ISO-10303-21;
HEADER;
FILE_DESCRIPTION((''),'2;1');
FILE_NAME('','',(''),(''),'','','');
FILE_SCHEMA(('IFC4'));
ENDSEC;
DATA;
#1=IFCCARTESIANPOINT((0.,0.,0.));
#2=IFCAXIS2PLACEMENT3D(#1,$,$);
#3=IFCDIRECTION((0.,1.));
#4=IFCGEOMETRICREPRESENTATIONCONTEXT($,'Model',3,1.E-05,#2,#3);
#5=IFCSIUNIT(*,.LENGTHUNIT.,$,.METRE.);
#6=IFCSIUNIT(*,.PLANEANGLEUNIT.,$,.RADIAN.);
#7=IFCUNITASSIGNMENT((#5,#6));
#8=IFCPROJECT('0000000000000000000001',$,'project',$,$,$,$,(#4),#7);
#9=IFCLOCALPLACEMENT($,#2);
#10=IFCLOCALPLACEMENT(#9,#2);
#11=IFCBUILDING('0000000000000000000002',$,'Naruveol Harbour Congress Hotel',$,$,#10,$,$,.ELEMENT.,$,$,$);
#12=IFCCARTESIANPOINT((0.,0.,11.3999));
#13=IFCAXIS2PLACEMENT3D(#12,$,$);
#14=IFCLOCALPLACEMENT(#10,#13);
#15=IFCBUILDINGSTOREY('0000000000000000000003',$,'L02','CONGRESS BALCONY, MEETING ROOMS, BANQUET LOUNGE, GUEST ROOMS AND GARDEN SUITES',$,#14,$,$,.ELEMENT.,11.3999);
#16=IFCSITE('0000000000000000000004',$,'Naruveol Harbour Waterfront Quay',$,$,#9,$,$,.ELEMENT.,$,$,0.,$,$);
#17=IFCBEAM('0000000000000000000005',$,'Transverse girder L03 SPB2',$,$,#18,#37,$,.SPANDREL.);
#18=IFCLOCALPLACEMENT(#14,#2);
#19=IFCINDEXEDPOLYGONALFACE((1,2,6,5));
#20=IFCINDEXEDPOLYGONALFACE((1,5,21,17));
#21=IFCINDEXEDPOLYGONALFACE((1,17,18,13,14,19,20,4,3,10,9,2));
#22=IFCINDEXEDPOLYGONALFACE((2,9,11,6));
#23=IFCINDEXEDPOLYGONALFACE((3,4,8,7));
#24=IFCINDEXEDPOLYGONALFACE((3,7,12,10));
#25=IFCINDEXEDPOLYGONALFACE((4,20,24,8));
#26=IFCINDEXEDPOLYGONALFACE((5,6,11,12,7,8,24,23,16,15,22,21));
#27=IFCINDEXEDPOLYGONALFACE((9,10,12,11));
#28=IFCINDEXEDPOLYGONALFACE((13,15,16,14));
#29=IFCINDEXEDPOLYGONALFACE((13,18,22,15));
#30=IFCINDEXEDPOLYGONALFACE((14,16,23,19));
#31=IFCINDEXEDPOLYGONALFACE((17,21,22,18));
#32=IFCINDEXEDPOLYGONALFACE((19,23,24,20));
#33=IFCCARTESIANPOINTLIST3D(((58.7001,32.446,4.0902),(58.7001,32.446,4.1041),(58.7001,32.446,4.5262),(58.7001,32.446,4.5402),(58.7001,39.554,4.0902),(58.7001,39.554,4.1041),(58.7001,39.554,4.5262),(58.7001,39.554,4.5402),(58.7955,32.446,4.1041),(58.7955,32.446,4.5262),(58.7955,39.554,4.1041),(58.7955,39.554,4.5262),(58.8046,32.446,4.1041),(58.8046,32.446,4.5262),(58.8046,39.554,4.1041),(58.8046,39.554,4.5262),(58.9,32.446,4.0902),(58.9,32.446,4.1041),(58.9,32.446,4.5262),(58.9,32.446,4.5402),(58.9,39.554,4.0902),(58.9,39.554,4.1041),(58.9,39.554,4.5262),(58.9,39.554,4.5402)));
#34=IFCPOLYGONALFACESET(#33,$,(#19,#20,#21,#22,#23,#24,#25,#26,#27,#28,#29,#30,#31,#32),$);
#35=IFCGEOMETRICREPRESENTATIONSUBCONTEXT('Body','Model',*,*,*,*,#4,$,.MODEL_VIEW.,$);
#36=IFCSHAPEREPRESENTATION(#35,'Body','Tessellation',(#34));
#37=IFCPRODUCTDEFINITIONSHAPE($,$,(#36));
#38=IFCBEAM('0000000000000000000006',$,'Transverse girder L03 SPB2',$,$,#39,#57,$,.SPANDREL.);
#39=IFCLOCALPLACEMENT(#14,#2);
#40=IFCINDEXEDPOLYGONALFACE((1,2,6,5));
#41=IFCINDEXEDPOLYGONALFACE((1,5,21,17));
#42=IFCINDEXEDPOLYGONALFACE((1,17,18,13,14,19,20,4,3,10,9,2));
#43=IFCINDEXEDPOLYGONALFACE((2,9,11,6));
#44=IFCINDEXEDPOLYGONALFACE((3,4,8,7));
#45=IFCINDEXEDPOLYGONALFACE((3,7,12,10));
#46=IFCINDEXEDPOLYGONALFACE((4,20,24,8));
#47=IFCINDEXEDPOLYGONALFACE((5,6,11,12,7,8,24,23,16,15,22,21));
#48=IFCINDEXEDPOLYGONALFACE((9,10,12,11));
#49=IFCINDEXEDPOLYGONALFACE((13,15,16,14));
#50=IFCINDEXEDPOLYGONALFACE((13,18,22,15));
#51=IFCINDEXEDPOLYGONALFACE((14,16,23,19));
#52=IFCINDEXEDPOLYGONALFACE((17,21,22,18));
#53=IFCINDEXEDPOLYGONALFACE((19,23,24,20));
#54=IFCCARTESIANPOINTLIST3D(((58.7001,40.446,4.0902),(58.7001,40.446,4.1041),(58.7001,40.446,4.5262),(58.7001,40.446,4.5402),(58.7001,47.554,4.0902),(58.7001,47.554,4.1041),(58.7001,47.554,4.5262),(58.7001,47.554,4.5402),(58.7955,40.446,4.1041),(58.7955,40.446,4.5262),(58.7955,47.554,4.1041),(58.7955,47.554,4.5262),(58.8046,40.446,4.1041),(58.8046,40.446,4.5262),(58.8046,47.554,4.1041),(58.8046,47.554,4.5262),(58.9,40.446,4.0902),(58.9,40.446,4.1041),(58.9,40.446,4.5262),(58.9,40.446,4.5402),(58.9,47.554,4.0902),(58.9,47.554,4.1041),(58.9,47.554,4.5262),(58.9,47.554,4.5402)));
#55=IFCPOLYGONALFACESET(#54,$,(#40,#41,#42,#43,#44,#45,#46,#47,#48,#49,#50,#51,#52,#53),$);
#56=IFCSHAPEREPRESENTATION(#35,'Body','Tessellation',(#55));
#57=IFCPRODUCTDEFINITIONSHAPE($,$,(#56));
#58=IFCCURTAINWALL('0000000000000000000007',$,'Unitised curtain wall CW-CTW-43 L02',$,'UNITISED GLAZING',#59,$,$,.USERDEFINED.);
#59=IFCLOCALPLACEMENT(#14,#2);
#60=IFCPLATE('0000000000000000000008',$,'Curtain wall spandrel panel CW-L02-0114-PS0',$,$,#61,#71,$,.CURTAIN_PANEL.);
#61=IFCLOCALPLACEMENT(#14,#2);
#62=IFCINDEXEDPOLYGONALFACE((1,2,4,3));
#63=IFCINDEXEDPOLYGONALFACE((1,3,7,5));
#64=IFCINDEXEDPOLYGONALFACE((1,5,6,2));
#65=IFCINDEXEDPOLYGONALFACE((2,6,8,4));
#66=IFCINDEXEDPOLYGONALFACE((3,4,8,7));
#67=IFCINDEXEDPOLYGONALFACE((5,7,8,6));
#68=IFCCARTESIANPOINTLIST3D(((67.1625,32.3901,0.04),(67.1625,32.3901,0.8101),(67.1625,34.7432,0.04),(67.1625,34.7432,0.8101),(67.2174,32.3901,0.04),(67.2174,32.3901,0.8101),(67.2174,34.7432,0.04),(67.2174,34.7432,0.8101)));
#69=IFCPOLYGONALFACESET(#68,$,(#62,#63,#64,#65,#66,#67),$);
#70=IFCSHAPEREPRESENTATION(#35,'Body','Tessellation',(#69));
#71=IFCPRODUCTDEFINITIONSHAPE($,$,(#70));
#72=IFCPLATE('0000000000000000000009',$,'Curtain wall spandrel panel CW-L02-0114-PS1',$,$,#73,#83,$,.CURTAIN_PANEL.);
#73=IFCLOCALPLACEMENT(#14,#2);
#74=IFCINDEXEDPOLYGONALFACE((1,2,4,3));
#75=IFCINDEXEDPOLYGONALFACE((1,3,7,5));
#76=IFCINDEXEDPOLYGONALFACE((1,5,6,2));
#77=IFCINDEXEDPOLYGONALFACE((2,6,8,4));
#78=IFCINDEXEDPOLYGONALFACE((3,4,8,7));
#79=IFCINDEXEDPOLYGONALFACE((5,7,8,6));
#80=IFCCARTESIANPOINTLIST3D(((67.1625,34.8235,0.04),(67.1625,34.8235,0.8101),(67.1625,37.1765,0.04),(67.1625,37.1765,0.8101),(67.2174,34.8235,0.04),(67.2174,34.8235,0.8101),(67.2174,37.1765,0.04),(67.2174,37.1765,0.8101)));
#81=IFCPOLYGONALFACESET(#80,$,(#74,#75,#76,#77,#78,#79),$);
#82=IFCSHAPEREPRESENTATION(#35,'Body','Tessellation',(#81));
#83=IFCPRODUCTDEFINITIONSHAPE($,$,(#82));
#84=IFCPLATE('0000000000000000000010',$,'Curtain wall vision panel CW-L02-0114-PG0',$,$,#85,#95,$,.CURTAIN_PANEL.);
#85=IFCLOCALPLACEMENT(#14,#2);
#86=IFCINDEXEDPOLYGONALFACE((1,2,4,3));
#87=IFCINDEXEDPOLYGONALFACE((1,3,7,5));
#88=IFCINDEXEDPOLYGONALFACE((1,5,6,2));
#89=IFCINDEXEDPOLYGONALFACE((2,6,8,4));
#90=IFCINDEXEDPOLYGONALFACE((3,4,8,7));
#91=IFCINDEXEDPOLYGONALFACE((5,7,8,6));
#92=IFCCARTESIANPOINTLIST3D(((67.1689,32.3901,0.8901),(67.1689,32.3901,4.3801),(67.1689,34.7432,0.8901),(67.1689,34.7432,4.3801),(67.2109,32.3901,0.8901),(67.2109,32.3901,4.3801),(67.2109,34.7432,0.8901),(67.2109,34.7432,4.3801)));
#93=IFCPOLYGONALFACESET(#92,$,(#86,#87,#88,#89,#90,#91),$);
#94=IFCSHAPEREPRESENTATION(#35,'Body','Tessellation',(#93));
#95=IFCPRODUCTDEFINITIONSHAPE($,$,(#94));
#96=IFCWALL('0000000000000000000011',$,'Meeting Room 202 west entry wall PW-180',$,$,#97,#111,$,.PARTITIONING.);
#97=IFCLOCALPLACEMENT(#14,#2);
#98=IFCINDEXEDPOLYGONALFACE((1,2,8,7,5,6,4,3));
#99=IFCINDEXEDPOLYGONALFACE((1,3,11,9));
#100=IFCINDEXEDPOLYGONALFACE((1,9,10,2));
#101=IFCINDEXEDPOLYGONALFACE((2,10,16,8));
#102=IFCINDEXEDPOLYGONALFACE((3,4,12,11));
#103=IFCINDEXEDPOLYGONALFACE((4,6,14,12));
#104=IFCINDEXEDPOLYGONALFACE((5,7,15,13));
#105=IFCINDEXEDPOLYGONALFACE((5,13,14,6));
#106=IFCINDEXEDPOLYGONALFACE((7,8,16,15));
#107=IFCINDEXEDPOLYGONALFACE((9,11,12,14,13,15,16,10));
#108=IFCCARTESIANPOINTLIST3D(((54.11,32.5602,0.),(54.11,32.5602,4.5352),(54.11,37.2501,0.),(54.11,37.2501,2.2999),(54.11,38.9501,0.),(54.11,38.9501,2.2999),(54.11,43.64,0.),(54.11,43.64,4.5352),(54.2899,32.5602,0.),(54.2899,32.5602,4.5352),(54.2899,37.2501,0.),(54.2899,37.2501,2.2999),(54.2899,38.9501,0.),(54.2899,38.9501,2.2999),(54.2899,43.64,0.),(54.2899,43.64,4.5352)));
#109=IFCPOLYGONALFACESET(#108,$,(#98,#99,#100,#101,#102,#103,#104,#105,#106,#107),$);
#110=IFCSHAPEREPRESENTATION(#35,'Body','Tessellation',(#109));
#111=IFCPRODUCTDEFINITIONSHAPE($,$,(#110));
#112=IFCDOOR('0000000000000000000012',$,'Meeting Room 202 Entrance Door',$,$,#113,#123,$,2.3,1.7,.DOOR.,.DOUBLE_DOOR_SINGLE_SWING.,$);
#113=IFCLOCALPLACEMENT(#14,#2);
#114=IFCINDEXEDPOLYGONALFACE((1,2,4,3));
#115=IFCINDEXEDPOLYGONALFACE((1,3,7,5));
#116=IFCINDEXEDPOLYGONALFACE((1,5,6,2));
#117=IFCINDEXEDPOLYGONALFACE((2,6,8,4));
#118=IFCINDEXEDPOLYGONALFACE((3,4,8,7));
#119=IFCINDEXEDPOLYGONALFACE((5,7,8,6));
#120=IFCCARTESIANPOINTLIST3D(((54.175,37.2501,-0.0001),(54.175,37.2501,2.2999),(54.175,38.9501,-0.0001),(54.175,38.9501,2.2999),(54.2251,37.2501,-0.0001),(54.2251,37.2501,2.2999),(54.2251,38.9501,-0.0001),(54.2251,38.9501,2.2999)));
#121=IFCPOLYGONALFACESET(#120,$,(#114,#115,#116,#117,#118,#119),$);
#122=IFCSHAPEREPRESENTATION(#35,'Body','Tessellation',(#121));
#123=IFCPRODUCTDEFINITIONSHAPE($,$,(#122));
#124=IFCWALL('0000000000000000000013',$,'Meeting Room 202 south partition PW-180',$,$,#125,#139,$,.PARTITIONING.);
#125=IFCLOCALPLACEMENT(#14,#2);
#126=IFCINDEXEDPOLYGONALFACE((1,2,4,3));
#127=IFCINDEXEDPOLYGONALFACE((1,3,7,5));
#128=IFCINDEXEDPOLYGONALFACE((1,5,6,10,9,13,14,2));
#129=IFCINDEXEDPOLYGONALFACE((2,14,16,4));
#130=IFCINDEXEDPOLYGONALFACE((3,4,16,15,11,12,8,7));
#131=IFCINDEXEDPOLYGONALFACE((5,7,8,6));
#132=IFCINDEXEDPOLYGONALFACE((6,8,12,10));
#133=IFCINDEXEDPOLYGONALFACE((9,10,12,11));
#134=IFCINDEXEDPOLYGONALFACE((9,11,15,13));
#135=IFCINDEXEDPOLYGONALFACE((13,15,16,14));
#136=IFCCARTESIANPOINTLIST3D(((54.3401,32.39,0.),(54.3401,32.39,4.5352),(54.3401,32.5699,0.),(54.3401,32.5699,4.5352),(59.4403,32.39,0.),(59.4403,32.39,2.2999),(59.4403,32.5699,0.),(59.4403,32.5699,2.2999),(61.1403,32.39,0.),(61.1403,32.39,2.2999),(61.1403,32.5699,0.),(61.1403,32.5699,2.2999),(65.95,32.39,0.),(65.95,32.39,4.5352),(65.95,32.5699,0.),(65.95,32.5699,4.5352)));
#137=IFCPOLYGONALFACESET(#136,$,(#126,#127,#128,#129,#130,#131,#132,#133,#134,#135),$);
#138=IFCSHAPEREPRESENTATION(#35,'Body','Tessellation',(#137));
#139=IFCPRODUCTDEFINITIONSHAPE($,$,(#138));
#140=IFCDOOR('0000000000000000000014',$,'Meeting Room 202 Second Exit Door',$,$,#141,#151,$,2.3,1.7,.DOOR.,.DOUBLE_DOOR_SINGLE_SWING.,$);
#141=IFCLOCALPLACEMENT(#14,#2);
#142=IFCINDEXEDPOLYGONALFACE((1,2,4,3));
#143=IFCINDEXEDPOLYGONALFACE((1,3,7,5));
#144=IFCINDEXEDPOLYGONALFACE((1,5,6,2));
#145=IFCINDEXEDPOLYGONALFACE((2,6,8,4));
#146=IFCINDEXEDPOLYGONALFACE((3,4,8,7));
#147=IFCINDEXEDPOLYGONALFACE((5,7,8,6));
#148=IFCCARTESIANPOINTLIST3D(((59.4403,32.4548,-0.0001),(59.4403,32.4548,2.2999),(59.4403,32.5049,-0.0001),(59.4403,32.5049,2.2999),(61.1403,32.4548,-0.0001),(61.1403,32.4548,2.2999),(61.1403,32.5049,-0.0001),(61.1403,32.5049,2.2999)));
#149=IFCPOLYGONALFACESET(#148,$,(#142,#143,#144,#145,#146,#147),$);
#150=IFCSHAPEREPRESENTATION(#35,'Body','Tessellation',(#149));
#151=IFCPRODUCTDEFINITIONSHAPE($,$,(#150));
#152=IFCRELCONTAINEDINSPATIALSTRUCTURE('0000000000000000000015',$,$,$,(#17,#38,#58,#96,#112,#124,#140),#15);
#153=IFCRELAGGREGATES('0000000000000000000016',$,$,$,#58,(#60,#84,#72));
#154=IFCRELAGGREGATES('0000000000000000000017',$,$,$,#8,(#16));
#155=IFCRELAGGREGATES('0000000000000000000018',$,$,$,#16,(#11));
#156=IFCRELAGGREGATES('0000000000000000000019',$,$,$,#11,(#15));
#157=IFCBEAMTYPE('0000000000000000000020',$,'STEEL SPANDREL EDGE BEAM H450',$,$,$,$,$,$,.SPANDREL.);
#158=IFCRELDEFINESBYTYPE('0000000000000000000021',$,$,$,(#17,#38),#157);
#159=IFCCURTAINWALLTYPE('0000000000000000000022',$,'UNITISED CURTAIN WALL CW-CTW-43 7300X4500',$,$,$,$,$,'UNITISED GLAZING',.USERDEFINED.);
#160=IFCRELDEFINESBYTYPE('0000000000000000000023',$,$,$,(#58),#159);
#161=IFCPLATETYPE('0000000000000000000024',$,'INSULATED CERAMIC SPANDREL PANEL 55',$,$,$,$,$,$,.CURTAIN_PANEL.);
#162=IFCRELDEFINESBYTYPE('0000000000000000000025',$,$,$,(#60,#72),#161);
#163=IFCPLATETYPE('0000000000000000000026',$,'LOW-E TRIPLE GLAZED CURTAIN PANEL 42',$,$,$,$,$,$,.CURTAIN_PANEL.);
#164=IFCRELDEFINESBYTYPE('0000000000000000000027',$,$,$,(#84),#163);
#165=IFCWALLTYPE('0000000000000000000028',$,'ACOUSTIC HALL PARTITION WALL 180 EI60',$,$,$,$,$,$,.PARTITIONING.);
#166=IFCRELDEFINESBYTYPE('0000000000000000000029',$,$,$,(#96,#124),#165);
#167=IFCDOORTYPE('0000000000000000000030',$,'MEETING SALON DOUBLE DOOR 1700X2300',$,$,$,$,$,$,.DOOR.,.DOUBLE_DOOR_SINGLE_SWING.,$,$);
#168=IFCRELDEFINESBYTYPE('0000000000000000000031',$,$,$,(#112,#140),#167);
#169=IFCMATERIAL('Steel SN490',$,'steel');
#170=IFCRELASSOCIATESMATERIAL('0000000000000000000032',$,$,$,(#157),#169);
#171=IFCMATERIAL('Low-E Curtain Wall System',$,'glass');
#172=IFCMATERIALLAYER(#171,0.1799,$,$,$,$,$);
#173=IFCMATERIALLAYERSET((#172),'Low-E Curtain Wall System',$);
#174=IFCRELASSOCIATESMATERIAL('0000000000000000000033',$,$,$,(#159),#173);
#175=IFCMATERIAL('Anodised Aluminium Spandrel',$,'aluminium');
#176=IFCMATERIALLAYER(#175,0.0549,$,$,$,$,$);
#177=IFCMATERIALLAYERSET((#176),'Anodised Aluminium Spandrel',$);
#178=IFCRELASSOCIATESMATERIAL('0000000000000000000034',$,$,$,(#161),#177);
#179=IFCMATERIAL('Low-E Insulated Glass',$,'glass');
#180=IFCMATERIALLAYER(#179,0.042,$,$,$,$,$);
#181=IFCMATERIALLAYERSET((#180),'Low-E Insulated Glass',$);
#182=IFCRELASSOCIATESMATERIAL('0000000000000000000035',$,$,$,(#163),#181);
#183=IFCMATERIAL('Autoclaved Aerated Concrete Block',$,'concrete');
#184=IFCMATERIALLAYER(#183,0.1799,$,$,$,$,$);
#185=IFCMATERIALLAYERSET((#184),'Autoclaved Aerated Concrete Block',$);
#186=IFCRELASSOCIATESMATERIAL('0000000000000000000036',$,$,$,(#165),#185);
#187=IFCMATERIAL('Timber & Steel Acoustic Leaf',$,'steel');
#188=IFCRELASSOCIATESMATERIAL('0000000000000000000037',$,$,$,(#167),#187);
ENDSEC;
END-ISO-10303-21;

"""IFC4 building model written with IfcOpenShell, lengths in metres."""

from ifc_helpers import new_model, si_unit, direction, frame, frame_2d, origin, origin_2d, place, context, subcontext, project, spatial, rectangle, i_section, extrude, material, layer, layer_set, material_profile, profile_set, type_object, element, fill, aggregate, save


model = new_model("IFC4")

# Units and contexts
model_context = context("Model", 3, precision=1e-05, world=origin(), true_north=direction((0.0, 1.0)))
body_context = subcontext(model_context, "Body", "Model", "MODEL_VIEW")
ifc_project = project(units=[si_unit("LENGTHUNIT", "METRE"), si_unit("PLANEANGLEUNIT", "RADIAN")], contexts=[model_context])

# Site, building, storey
site_placement = place(None, origin())
site = spatial("IfcSite", under=ifc_project, at=site_placement, Name="Naruveol Harbour Waterfront Quay", CompositionType="ELEMENT", RefElevation=0.0)
building_placement = place(site_placement, origin())
building = spatial("IfcBuilding", under=site, at=building_placement, Name="Naruveol Harbour Congress Hotel", CompositionType="ELEMENT")
storey_placement = place(building_placement, frame((0.0, 0.0, 11.3999)))
storey = spatial("IfcBuildingStorey", under=building, at=storey_placement, Name="L02", Description="CONGRESS BALCONY, MEETING ROOMS, BANQUET LOUNGE, GUEST ROOMS AND GARDEN SUITES", CompositionType="ELEMENT", Elevation=11.3999)

# Beams
ifc_material_1 = material(Name="Steel SN490", Category="steel")
ifc_material_profile_1 = material_profile(ifc_material_1, i_section(OverallWidth=0.2, OverallDepth=0.45, WebThickness=0.009, FlangeThickness=0.0139, at=origin_2d()), Name="H-450x200x9x14")
ifc_profile_set_1 = profile_set([ifc_material_profile_1], Name="Steel SN490")
beam_type_1 = type_object("IfcBeamType", Name="STEEL SPANDREL EDGE BEAM H450", PredefinedType="SPANDREL", material=ifc_profile_set_1)
for number, where, z_axis, x_axis, name in (
    (1, (58.8, 32.446, 4.3152), (0.0, 1.0, 0.0), (-1.0, 0.0, 0.0), "Transverse girder L03 SPB2"),
    (2, (58.8, 40.446, 4.3152), (0.0, 1.0, 0.0), (-1.0, 0.0, 0.0), "Transverse girder L03 SPB2"),
):
    element("IfcBeam", number, at=place(storey_placement, frame(where, z_axis=z_axis, x_axis=x_axis)), inside=storey, type_object=beam_type_1, Name=name, PredefinedType="SPANDREL", context=body_context, shape_type="SweptSolid", body=[
        extrude(i_section(OverallWidth=0.2, OverallDepth=0.45, WebThickness=0.009, FlangeThickness=0.0139, at=origin_2d()), origin(), (0.0, 0.0, 1.0), 7.1079),
    ])

# Curtain wall, plates
ifc_material_2 = material(Name="Low-E Curtain Wall System", Category="glass")
ifc_layer_1 = layer(ifc_material_2, 0.1799)
ifc_layer_set_1 = layer_set([ifc_layer_1], Name="Low-E Curtain Wall System")
curtain_wall_type = type_object("IfcCurtainWallType", Name="UNITISED CURTAIN WALL CW-CTW-43 7300X4500", ElementType="UNITISED GLAZING", PredefinedType="USERDEFINED", material=ifc_layer_set_1)
curtain_wall_placement = place(storey_placement, origin())
curtain_wall = element("IfcCurtainWall", 3, at=curtain_wall_placement, inside=storey, type_object=curtain_wall_type, Name="Unitised curtain wall CW-CTW-43 L02", ObjectType="UNITISED GLAZING", PredefinedType="USERDEFINED")
ifc_material_3 = material(Name="Anodised Aluminium Spandrel", Category="aluminium")
ifc_layer_2 = layer(ifc_material_3, 0.0549)
ifc_layer_set_2 = layer_set([ifc_layer_2], Name="Anodised Aluminium Spandrel")
plate_type_1 = type_object("IfcPlateType", Name="INSULATED CERAMIC SPANDREL PANEL 55", PredefinedType="CURTAIN_PANEL", material=ifc_layer_set_2)
plate_1_placement = place(storey_placement, frame((67.1899, 33.5667, 0.04), z_axis=(0.0, 0.0, 1.0), x_axis=(0.0, 1.0, 0.0)))
plate_1 = element("IfcPlate", 4, at=plate_1_placement, type_object=plate_type_1, Name="Curtain wall spandrel panel CW-L02-0114-PS0", PredefinedType="CURTAIN_PANEL", context=body_context, shape_type="SweptSolid", body=[
    extrude(rectangle(XDim=2.353, YDim=0.0549, at=origin_2d()), origin(), (0.0, 0.0, 1.0), 0.77),
])
plate_2_placement = place(storey_placement, frame((67.1899, 36.0, 0.04), z_axis=(0.0, 0.0, 1.0), x_axis=(0.0, 1.0, 0.0)))
plate_2 = element("IfcPlate", 5, at=plate_2_placement, type_object=plate_type_1, Name="Curtain wall spandrel panel CW-L02-0114-PS1", PredefinedType="CURTAIN_PANEL", context=body_context, shape_type="SweptSolid", body=[
    extrude(rectangle(XDim=2.353, YDim=0.0549, at=origin_2d()), origin(), (0.0, 0.0, 1.0), 0.77),
])
ifc_material_4 = material(Name="Low-E Insulated Glass", Category="glass")
ifc_layer_3 = layer(ifc_material_4, 0.042)
ifc_layer_set_3 = layer_set([ifc_layer_3], Name="Low-E Insulated Glass")
plate_type_2 = type_object("IfcPlateType", Name="LOW-E TRIPLE GLAZED CURTAIN PANEL 42", PredefinedType="CURTAIN_PANEL", material=ifc_layer_set_3)
plate_3_placement = place(storey_placement, frame((67.1899, 33.5667, 0.8901), z_axis=(0.0, 0.0, 1.0), x_axis=(0.0, 1.0, 0.0)))
plate_3 = element("IfcPlate", 6, at=plate_3_placement, type_object=plate_type_2, Name="Curtain wall vision panel CW-L02-0114-PG0", PredefinedType="CURTAIN_PANEL", context=body_context, shape_type="SweptSolid", body=[
    extrude(rectangle(XDim=2.353, YDim=0.042, at=origin_2d()), origin(), (0.0, 0.0, 1.0), 3.49),
])
aggregate(curtain_wall, [plate_1, plate_3, plate_2])

# Walls, openings, doors
ifc_material_5 = material(Name="Autoclaved Aerated Concrete Block", Category="concrete")
ifc_layer_4 = layer(ifc_material_5, 0.1799)
ifc_layer_set_4 = layer_set([ifc_layer_4], Name="Autoclaved Aerated Concrete Block")
wall_type = type_object("IfcWallType", Name="ACOUSTIC HALL PARTITION WALL 180 EI60", PredefinedType="PARTITIONING", material=ifc_layer_set_4)
wall_1_placement = place(storey_placement, frame((54.2, 32.5601, 0.0), z_axis=(0.0, 0.0, 1.0), x_axis=(0.0, 1.0, 0.0)))
wall_1 = element("IfcWall", 7, at=wall_1_placement, inside=storey, type_object=wall_type, Name="Meeting Room 202 west entry wall PW-180", PredefinedType="PARTITIONING", context=body_context, shape_type="SweptSolid", body=[
    extrude(rectangle(XDim=11.0798, YDim=0.1799, at=frame_2d((5.54, 0.0))), origin(), (0.0, 0.0, 1.0), 4.5352),
])
opening_1_placement = place(wall_1_placement, frame((4.6899, 0.0, 0.0)))
opening_1 = element("IfcOpeningElement", 8, at=opening_1_placement, cuts=wall_1, PredefinedType="OPENING", context=body_context, shape_type="SweptSolid", body=[
    extrude(rectangle(XDim=1.7, YDim=2.3, at=frame_2d((0.8501, 1.1499))), frame((0.0, 0.0999, 0.0), z_axis=(0.0, -1.0, 0.0), x_axis=(1.0, 0.0, 0.0)), (0.0, 0.0, 1.0), 0.2),
])
ifc_material_6 = material(Name="Timber & Steel Acoustic Leaf", Category="steel")
door_type = type_object("IfcDoorType", Name="MEETING SALON DOUBLE DOOR 1700X2300", OperationType="DOUBLE_DOOR_SINGLE_SWING", PredefinedType="DOOR", material=ifc_material_6)
door_1_placement = place(opening_1_placement, origin())
door_1 = element("IfcDoor", 9, at=door_1_placement, inside=storey, type_object=door_type, Name="Meeting Room 202 Entrance Door", OperationType="DOUBLE_DOOR_SINGLE_SWING", OverallHeight=2.3, OverallWidth=1.7, PredefinedType="DOOR", context=body_context, shape_type="SweptSolid", body=[
    extrude(rectangle(XDim=1.7, YDim=2.3, at=frame_2d((0.8501, 1.1499))), frame((0.0, 0.0249, 0.0), z_axis=(0.0, -1.0, 0.0), x_axis=(1.0, 0.0, 0.0)), (0.0, 0.0, 1.0), 0.05),
])
fill(opening_1, door_1)
wall_2_placement = place(storey_placement, frame((54.3401, 32.48, 0.0), z_axis=(0.0, 0.0, 1.0), x_axis=(1.0, 0.0, 0.0)))
wall_2 = element("IfcWall", 10, at=wall_2_placement, inside=storey, type_object=wall_type, Name="Meeting Room 202 south partition PW-180", PredefinedType="PARTITIONING", context=body_context, shape_type="SweptSolid", body=[
    extrude(rectangle(XDim=11.6099, YDim=0.1799, at=frame_2d((5.8049, 0.0))), origin(), (0.0, 0.0, 1.0), 4.5352),
])
opening_2_placement = place(wall_2_placement, frame((5.1001, 0.0, 0.0)))
opening_2 = element("IfcOpeningElement", 11, at=opening_2_placement, cuts=wall_2, PredefinedType="OPENING", context=body_context, shape_type="SweptSolid", body=[
    extrude(rectangle(XDim=1.7, YDim=2.3, at=frame_2d((0.8501, 1.1499))), frame((0.0, 0.0999, 0.0), z_axis=(0.0, -1.0, 0.0), x_axis=(1.0, 0.0, 0.0)), (0.0, 0.0, 1.0), 0.2),
])
door_2_placement = place(opening_2_placement, origin())
door_2 = element("IfcDoor", 12, at=door_2_placement, inside=storey, type_object=door_type, Name="Meeting Room 202 Second Exit Door", OperationType="DOUBLE_DOOR_SINGLE_SWING", OverallHeight=2.3, OverallWidth=1.7, PredefinedType="DOOR", context=body_context, shape_type="SweptSolid", body=[
    extrude(rectangle(XDim=1.7, YDim=2.3, at=frame_2d((0.8501, 1.1499))), frame((0.0, 0.0249, 0.0), z_axis=(0.0, -1.0, 0.0), x_axis=(1.0, 0.0, 0.0)), (0.0, 0.0, 1.0), 0.05),
])
fill(opening_2, door_2)

save(model, "model.ifc")
